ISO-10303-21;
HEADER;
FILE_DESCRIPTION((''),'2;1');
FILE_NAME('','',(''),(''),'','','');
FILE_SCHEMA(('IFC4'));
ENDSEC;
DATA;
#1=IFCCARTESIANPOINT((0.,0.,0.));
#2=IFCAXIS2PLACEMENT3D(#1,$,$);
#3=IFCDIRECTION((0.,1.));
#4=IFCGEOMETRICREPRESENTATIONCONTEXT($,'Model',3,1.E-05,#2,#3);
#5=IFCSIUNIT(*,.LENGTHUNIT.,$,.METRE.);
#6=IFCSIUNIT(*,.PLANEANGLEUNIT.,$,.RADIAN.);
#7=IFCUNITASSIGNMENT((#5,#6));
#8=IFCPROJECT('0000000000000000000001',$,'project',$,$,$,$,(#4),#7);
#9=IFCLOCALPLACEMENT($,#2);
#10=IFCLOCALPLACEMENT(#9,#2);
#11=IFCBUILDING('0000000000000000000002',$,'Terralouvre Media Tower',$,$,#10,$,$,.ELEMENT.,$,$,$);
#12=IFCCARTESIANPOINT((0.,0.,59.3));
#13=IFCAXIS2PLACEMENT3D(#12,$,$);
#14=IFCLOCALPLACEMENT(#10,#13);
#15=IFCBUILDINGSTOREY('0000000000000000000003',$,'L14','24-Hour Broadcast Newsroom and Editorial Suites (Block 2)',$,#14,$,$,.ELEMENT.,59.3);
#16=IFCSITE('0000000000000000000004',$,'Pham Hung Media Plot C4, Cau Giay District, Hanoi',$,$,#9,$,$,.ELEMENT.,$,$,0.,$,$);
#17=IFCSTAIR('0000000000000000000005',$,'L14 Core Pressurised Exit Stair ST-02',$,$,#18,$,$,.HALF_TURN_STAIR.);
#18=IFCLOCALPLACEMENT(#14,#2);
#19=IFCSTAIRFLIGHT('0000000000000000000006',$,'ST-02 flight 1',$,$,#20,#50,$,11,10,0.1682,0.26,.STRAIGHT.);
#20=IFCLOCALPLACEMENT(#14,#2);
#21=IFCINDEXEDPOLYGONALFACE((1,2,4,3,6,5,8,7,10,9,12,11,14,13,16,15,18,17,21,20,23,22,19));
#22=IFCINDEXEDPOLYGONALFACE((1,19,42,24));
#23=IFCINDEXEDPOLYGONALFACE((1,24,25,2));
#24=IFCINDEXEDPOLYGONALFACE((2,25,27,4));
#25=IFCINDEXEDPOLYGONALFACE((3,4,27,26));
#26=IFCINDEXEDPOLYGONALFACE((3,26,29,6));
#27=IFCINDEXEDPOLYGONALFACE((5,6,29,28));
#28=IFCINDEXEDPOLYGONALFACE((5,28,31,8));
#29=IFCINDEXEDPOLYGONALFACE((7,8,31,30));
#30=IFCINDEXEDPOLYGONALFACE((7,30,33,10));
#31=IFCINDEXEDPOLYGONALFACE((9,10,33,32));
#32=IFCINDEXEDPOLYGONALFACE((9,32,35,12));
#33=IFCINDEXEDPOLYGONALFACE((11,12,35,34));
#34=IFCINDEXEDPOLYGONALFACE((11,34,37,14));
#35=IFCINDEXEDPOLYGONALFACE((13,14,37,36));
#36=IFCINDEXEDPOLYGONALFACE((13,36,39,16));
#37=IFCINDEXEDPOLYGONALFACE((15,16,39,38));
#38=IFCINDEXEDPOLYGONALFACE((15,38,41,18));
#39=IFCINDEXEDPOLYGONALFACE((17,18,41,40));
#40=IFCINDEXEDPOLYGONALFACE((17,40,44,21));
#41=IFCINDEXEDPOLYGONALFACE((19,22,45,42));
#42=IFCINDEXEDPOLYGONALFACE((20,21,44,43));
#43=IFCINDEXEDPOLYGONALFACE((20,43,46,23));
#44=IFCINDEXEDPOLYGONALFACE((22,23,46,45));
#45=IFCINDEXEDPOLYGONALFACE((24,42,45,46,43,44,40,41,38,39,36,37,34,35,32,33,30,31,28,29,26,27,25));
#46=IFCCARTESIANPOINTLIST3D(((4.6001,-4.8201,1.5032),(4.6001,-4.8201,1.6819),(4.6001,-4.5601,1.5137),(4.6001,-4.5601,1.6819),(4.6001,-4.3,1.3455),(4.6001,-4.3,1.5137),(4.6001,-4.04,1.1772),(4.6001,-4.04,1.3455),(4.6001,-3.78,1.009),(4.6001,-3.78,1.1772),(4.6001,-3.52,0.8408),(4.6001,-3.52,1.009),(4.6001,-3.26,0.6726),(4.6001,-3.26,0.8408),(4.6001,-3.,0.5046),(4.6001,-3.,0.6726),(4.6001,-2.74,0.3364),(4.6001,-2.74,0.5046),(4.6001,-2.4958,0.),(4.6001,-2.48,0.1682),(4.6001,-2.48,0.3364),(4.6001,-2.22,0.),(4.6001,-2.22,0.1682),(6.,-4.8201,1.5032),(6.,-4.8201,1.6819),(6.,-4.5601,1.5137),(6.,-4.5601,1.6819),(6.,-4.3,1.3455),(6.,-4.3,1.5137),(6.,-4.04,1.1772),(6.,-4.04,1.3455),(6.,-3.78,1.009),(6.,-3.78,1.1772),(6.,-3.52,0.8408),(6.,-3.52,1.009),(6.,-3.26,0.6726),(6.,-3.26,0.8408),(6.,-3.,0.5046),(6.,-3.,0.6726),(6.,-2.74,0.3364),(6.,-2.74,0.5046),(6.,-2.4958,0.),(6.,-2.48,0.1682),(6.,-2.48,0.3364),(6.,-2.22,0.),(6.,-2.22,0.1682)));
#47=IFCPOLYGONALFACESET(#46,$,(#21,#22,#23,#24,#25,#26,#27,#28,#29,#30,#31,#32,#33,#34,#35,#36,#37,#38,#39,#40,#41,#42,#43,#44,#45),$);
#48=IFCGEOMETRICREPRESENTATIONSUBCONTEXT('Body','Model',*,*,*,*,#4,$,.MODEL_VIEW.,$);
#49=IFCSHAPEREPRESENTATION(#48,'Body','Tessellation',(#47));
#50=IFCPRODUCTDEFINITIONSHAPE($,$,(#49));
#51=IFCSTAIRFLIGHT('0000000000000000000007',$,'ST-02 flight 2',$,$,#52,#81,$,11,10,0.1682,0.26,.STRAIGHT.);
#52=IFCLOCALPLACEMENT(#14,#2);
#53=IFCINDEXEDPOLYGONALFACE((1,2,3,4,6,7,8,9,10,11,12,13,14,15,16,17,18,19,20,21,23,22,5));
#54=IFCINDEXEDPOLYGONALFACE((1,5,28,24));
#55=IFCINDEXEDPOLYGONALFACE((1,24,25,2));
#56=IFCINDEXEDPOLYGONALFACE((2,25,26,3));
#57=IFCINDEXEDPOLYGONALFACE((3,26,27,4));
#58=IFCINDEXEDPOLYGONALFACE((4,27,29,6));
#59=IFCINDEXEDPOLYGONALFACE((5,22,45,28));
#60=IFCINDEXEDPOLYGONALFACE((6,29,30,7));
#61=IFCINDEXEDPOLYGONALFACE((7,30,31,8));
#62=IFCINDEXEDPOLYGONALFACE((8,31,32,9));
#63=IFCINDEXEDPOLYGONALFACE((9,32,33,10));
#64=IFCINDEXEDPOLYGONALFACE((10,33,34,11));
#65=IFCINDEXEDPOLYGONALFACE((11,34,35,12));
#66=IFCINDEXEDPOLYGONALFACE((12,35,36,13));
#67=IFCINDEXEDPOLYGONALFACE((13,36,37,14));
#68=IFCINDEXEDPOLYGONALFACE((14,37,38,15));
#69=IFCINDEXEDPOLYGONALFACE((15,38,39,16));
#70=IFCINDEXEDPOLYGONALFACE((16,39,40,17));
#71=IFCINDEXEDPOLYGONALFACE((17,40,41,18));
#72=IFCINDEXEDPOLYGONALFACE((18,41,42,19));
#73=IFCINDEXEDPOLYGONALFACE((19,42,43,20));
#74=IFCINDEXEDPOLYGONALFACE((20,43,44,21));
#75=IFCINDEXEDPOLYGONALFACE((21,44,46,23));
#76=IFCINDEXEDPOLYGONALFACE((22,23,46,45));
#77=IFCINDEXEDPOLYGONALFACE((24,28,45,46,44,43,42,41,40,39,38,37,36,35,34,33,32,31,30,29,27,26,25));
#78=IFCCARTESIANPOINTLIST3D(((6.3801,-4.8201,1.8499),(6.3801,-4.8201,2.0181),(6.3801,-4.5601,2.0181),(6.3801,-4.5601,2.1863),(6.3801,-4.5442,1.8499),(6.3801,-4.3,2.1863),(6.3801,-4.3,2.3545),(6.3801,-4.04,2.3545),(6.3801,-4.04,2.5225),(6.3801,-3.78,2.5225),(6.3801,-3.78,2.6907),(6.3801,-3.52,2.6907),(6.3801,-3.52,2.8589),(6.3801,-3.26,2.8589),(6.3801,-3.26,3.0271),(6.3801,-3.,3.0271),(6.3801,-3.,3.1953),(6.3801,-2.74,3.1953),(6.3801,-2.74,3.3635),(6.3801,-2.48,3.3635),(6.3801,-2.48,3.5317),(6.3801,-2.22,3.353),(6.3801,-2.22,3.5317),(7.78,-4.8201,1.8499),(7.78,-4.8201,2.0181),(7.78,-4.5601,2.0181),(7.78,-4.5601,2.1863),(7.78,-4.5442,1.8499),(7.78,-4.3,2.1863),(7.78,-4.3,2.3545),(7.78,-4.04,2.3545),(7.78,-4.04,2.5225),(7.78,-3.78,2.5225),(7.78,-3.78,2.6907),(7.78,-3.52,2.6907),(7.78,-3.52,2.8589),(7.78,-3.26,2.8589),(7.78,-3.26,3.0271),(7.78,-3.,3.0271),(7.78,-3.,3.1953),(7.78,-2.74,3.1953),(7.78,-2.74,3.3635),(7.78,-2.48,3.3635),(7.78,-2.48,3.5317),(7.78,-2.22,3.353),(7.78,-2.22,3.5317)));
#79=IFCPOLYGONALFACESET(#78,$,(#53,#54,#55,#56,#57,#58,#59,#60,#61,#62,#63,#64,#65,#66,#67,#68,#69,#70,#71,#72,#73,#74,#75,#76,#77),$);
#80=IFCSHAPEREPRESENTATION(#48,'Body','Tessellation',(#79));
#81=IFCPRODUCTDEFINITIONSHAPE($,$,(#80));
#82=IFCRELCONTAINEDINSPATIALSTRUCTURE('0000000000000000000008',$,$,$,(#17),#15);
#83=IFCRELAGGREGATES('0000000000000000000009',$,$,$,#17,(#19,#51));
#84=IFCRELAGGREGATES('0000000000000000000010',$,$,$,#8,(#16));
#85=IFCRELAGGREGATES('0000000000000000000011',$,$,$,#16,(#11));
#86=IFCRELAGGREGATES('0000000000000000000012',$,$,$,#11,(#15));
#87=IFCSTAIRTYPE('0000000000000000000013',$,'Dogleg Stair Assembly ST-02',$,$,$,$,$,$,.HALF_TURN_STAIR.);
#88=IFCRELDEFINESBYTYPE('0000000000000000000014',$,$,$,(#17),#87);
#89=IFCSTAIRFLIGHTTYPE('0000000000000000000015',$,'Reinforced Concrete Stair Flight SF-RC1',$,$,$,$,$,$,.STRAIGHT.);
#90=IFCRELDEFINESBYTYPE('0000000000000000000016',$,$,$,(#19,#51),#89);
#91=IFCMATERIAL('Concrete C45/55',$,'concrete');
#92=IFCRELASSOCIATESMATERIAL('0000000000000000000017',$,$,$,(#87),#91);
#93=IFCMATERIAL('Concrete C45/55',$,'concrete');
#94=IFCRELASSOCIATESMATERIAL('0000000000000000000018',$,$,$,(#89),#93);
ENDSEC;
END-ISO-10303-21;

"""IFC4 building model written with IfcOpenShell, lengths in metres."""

from ifc_helpers import new_model, si_unit, direction, frame, origin, place, context, subcontext, project, spatial, polyline, outline, extrude, material, type_object, element, aggregate, save


model = new_model("IFC4")

# Units and contexts
model_context = context("Model", 3, precision=1e-05, world=origin(), true_north=direction((0.0, 1.0)))
body_context = subcontext(model_context, "Body", "Model", "MODEL_VIEW")
ifc_project = project(units=[si_unit("LENGTHUNIT", "METRE"), si_unit("PLANEANGLEUNIT", "RADIAN")], contexts=[model_context])

# Site, building, storey
site_placement = place(None, origin())
site = spatial("IfcSite", under=ifc_project, at=site_placement, Name="Pham Hung Media Plot C4, Cau Giay District, Hanoi", CompositionType="ELEMENT", RefElevation=0.0)
building_placement = place(site_placement, origin())
building = spatial("IfcBuilding", under=site, at=building_placement, Name="Terralouvre Media Tower", CompositionType="ELEMENT")
storey_placement = place(building_placement, frame((0.0, 0.0, 59.3)))
storey = spatial("IfcBuildingStorey", under=building, at=storey_placement, Name="L14", Description="24-Hour Broadcast Newsroom and Editorial Suites (Block 2)", CompositionType="ELEMENT", Elevation=59.3)

# Stair, stair flights
ifc_material_1 = material(Name="Concrete C45/55", Category="concrete")
stair_type = type_object("IfcStairType", Name="Dogleg Stair Assembly ST-02", PredefinedType="HALF_TURN_STAIR", material=ifc_material_1)
stair_placement = place(storey_placement, origin())
stair = element("IfcStair", 1, at=stair_placement, inside=storey, type_object=stair_type, Name="L14 Core Pressurised Exit Stair ST-02", PredefinedType="HALF_TURN_STAIR")
ifc_material_2 = material(Name="Concrete C45/55", Category="concrete")
stair_flight_type = type_object("IfcStairFlightType", Name="Reinforced Concrete Stair Flight SF-RC1", PredefinedType="STRAIGHT", material=ifc_material_2)
stair_flight_1_placement = place(storey_placement, frame((5.3, -2.22, 0.0), z_axis=(0.0, 0.0, 1.0), x_axis=(0.0, -1.0, 0.0)))
stair_flight_1 = element("IfcStairFlight", 2, at=stair_flight_1_placement, type_object=stair_flight_type, Name="ST-02 flight 1", NumberOfRisers=11, NumberOfTreads=10, PredefinedType="STRAIGHT", RiserHeight=0.1682, TreadLength=0.26, context=body_context, shape_type="SweptSolid", body=[
    extrude(outline(polyline([(0.0, 0.0), (0.0, 0.1682), (0.26, 0.1682), (0.26, 0.3364), (0.52, 0.3364), (0.52, 0.5046), (0.78, 0.5046), (0.78, 0.6726), (1.04, 0.6726), (1.04, 0.8408), (1.3, 0.8408), (1.3, 1.009), (1.5601, 1.009), (1.5601, 1.1772), (1.8201, 1.1772), (1.8201, 1.3455), (2.0801, 1.3455), (2.0801, 1.5137), (2.3401, 1.5137), (2.3401, 1.6819), (2.6001, 1.6819), (2.6001, 1.8501), (2.6001, 1.5032), (0.2759, 0.0), (0.0, 0.0)])), frame((0.0, 0.7, 0.0), z_axis=(0.0, -1.0, 0.0), x_axis=(1.0, 0.0, 0.0)), (0.0, 0.0, 1.0), 1.3999),
])
stair_flight_2_placement = place(storey_placement, frame((7.0801, -4.8201, 1.8499), z_axis=(0.0, 0.0, 1.0), x_axis=(0.0, 1.0, 0.0)))
stair_flight_2 = element("IfcStairFlight", 3, at=stair_flight_2_placement, type_object=stair_flight_type, Name="ST-02 flight 2", NumberOfRisers=11, NumberOfTreads=10, PredefinedType="STRAIGHT", RiserHeight=0.1682, TreadLength=0.26, context=body_context, shape_type="SweptSolid", body=[
    extrude(outline(polyline([(0.0, 0.0), (0.0, 0.1682), (0.26, 0.1682), (0.26, 0.3364), (0.52, 0.3364), (0.52, 0.5046), (0.78, 0.5046), (0.78, 0.6726), (1.04, 0.6726), (1.04, 0.8408), (1.3, 0.8408), (1.3, 1.009), (1.5601, 1.009), (1.5601, 1.1772), (1.8201, 1.1772), (1.8201, 1.3455), (2.0801, 1.3455), (2.0801, 1.5137), (2.3401, 1.5137), (2.3401, 1.6819), (2.6001, 1.6819), (2.6001, 1.8501), (2.6001, 1.5032), (0.2759, 0.0), (0.0, 0.0)])), frame((0.0, 0.7, 0.0), z_axis=(0.0, -1.0, 0.0), x_axis=(1.0, 0.0, 0.0)), (0.0, 0.0, 1.0), 1.3999),
])
aggregate(stair, [stair_flight_1, stair_flight_2])

save(model, "model.ifc")
